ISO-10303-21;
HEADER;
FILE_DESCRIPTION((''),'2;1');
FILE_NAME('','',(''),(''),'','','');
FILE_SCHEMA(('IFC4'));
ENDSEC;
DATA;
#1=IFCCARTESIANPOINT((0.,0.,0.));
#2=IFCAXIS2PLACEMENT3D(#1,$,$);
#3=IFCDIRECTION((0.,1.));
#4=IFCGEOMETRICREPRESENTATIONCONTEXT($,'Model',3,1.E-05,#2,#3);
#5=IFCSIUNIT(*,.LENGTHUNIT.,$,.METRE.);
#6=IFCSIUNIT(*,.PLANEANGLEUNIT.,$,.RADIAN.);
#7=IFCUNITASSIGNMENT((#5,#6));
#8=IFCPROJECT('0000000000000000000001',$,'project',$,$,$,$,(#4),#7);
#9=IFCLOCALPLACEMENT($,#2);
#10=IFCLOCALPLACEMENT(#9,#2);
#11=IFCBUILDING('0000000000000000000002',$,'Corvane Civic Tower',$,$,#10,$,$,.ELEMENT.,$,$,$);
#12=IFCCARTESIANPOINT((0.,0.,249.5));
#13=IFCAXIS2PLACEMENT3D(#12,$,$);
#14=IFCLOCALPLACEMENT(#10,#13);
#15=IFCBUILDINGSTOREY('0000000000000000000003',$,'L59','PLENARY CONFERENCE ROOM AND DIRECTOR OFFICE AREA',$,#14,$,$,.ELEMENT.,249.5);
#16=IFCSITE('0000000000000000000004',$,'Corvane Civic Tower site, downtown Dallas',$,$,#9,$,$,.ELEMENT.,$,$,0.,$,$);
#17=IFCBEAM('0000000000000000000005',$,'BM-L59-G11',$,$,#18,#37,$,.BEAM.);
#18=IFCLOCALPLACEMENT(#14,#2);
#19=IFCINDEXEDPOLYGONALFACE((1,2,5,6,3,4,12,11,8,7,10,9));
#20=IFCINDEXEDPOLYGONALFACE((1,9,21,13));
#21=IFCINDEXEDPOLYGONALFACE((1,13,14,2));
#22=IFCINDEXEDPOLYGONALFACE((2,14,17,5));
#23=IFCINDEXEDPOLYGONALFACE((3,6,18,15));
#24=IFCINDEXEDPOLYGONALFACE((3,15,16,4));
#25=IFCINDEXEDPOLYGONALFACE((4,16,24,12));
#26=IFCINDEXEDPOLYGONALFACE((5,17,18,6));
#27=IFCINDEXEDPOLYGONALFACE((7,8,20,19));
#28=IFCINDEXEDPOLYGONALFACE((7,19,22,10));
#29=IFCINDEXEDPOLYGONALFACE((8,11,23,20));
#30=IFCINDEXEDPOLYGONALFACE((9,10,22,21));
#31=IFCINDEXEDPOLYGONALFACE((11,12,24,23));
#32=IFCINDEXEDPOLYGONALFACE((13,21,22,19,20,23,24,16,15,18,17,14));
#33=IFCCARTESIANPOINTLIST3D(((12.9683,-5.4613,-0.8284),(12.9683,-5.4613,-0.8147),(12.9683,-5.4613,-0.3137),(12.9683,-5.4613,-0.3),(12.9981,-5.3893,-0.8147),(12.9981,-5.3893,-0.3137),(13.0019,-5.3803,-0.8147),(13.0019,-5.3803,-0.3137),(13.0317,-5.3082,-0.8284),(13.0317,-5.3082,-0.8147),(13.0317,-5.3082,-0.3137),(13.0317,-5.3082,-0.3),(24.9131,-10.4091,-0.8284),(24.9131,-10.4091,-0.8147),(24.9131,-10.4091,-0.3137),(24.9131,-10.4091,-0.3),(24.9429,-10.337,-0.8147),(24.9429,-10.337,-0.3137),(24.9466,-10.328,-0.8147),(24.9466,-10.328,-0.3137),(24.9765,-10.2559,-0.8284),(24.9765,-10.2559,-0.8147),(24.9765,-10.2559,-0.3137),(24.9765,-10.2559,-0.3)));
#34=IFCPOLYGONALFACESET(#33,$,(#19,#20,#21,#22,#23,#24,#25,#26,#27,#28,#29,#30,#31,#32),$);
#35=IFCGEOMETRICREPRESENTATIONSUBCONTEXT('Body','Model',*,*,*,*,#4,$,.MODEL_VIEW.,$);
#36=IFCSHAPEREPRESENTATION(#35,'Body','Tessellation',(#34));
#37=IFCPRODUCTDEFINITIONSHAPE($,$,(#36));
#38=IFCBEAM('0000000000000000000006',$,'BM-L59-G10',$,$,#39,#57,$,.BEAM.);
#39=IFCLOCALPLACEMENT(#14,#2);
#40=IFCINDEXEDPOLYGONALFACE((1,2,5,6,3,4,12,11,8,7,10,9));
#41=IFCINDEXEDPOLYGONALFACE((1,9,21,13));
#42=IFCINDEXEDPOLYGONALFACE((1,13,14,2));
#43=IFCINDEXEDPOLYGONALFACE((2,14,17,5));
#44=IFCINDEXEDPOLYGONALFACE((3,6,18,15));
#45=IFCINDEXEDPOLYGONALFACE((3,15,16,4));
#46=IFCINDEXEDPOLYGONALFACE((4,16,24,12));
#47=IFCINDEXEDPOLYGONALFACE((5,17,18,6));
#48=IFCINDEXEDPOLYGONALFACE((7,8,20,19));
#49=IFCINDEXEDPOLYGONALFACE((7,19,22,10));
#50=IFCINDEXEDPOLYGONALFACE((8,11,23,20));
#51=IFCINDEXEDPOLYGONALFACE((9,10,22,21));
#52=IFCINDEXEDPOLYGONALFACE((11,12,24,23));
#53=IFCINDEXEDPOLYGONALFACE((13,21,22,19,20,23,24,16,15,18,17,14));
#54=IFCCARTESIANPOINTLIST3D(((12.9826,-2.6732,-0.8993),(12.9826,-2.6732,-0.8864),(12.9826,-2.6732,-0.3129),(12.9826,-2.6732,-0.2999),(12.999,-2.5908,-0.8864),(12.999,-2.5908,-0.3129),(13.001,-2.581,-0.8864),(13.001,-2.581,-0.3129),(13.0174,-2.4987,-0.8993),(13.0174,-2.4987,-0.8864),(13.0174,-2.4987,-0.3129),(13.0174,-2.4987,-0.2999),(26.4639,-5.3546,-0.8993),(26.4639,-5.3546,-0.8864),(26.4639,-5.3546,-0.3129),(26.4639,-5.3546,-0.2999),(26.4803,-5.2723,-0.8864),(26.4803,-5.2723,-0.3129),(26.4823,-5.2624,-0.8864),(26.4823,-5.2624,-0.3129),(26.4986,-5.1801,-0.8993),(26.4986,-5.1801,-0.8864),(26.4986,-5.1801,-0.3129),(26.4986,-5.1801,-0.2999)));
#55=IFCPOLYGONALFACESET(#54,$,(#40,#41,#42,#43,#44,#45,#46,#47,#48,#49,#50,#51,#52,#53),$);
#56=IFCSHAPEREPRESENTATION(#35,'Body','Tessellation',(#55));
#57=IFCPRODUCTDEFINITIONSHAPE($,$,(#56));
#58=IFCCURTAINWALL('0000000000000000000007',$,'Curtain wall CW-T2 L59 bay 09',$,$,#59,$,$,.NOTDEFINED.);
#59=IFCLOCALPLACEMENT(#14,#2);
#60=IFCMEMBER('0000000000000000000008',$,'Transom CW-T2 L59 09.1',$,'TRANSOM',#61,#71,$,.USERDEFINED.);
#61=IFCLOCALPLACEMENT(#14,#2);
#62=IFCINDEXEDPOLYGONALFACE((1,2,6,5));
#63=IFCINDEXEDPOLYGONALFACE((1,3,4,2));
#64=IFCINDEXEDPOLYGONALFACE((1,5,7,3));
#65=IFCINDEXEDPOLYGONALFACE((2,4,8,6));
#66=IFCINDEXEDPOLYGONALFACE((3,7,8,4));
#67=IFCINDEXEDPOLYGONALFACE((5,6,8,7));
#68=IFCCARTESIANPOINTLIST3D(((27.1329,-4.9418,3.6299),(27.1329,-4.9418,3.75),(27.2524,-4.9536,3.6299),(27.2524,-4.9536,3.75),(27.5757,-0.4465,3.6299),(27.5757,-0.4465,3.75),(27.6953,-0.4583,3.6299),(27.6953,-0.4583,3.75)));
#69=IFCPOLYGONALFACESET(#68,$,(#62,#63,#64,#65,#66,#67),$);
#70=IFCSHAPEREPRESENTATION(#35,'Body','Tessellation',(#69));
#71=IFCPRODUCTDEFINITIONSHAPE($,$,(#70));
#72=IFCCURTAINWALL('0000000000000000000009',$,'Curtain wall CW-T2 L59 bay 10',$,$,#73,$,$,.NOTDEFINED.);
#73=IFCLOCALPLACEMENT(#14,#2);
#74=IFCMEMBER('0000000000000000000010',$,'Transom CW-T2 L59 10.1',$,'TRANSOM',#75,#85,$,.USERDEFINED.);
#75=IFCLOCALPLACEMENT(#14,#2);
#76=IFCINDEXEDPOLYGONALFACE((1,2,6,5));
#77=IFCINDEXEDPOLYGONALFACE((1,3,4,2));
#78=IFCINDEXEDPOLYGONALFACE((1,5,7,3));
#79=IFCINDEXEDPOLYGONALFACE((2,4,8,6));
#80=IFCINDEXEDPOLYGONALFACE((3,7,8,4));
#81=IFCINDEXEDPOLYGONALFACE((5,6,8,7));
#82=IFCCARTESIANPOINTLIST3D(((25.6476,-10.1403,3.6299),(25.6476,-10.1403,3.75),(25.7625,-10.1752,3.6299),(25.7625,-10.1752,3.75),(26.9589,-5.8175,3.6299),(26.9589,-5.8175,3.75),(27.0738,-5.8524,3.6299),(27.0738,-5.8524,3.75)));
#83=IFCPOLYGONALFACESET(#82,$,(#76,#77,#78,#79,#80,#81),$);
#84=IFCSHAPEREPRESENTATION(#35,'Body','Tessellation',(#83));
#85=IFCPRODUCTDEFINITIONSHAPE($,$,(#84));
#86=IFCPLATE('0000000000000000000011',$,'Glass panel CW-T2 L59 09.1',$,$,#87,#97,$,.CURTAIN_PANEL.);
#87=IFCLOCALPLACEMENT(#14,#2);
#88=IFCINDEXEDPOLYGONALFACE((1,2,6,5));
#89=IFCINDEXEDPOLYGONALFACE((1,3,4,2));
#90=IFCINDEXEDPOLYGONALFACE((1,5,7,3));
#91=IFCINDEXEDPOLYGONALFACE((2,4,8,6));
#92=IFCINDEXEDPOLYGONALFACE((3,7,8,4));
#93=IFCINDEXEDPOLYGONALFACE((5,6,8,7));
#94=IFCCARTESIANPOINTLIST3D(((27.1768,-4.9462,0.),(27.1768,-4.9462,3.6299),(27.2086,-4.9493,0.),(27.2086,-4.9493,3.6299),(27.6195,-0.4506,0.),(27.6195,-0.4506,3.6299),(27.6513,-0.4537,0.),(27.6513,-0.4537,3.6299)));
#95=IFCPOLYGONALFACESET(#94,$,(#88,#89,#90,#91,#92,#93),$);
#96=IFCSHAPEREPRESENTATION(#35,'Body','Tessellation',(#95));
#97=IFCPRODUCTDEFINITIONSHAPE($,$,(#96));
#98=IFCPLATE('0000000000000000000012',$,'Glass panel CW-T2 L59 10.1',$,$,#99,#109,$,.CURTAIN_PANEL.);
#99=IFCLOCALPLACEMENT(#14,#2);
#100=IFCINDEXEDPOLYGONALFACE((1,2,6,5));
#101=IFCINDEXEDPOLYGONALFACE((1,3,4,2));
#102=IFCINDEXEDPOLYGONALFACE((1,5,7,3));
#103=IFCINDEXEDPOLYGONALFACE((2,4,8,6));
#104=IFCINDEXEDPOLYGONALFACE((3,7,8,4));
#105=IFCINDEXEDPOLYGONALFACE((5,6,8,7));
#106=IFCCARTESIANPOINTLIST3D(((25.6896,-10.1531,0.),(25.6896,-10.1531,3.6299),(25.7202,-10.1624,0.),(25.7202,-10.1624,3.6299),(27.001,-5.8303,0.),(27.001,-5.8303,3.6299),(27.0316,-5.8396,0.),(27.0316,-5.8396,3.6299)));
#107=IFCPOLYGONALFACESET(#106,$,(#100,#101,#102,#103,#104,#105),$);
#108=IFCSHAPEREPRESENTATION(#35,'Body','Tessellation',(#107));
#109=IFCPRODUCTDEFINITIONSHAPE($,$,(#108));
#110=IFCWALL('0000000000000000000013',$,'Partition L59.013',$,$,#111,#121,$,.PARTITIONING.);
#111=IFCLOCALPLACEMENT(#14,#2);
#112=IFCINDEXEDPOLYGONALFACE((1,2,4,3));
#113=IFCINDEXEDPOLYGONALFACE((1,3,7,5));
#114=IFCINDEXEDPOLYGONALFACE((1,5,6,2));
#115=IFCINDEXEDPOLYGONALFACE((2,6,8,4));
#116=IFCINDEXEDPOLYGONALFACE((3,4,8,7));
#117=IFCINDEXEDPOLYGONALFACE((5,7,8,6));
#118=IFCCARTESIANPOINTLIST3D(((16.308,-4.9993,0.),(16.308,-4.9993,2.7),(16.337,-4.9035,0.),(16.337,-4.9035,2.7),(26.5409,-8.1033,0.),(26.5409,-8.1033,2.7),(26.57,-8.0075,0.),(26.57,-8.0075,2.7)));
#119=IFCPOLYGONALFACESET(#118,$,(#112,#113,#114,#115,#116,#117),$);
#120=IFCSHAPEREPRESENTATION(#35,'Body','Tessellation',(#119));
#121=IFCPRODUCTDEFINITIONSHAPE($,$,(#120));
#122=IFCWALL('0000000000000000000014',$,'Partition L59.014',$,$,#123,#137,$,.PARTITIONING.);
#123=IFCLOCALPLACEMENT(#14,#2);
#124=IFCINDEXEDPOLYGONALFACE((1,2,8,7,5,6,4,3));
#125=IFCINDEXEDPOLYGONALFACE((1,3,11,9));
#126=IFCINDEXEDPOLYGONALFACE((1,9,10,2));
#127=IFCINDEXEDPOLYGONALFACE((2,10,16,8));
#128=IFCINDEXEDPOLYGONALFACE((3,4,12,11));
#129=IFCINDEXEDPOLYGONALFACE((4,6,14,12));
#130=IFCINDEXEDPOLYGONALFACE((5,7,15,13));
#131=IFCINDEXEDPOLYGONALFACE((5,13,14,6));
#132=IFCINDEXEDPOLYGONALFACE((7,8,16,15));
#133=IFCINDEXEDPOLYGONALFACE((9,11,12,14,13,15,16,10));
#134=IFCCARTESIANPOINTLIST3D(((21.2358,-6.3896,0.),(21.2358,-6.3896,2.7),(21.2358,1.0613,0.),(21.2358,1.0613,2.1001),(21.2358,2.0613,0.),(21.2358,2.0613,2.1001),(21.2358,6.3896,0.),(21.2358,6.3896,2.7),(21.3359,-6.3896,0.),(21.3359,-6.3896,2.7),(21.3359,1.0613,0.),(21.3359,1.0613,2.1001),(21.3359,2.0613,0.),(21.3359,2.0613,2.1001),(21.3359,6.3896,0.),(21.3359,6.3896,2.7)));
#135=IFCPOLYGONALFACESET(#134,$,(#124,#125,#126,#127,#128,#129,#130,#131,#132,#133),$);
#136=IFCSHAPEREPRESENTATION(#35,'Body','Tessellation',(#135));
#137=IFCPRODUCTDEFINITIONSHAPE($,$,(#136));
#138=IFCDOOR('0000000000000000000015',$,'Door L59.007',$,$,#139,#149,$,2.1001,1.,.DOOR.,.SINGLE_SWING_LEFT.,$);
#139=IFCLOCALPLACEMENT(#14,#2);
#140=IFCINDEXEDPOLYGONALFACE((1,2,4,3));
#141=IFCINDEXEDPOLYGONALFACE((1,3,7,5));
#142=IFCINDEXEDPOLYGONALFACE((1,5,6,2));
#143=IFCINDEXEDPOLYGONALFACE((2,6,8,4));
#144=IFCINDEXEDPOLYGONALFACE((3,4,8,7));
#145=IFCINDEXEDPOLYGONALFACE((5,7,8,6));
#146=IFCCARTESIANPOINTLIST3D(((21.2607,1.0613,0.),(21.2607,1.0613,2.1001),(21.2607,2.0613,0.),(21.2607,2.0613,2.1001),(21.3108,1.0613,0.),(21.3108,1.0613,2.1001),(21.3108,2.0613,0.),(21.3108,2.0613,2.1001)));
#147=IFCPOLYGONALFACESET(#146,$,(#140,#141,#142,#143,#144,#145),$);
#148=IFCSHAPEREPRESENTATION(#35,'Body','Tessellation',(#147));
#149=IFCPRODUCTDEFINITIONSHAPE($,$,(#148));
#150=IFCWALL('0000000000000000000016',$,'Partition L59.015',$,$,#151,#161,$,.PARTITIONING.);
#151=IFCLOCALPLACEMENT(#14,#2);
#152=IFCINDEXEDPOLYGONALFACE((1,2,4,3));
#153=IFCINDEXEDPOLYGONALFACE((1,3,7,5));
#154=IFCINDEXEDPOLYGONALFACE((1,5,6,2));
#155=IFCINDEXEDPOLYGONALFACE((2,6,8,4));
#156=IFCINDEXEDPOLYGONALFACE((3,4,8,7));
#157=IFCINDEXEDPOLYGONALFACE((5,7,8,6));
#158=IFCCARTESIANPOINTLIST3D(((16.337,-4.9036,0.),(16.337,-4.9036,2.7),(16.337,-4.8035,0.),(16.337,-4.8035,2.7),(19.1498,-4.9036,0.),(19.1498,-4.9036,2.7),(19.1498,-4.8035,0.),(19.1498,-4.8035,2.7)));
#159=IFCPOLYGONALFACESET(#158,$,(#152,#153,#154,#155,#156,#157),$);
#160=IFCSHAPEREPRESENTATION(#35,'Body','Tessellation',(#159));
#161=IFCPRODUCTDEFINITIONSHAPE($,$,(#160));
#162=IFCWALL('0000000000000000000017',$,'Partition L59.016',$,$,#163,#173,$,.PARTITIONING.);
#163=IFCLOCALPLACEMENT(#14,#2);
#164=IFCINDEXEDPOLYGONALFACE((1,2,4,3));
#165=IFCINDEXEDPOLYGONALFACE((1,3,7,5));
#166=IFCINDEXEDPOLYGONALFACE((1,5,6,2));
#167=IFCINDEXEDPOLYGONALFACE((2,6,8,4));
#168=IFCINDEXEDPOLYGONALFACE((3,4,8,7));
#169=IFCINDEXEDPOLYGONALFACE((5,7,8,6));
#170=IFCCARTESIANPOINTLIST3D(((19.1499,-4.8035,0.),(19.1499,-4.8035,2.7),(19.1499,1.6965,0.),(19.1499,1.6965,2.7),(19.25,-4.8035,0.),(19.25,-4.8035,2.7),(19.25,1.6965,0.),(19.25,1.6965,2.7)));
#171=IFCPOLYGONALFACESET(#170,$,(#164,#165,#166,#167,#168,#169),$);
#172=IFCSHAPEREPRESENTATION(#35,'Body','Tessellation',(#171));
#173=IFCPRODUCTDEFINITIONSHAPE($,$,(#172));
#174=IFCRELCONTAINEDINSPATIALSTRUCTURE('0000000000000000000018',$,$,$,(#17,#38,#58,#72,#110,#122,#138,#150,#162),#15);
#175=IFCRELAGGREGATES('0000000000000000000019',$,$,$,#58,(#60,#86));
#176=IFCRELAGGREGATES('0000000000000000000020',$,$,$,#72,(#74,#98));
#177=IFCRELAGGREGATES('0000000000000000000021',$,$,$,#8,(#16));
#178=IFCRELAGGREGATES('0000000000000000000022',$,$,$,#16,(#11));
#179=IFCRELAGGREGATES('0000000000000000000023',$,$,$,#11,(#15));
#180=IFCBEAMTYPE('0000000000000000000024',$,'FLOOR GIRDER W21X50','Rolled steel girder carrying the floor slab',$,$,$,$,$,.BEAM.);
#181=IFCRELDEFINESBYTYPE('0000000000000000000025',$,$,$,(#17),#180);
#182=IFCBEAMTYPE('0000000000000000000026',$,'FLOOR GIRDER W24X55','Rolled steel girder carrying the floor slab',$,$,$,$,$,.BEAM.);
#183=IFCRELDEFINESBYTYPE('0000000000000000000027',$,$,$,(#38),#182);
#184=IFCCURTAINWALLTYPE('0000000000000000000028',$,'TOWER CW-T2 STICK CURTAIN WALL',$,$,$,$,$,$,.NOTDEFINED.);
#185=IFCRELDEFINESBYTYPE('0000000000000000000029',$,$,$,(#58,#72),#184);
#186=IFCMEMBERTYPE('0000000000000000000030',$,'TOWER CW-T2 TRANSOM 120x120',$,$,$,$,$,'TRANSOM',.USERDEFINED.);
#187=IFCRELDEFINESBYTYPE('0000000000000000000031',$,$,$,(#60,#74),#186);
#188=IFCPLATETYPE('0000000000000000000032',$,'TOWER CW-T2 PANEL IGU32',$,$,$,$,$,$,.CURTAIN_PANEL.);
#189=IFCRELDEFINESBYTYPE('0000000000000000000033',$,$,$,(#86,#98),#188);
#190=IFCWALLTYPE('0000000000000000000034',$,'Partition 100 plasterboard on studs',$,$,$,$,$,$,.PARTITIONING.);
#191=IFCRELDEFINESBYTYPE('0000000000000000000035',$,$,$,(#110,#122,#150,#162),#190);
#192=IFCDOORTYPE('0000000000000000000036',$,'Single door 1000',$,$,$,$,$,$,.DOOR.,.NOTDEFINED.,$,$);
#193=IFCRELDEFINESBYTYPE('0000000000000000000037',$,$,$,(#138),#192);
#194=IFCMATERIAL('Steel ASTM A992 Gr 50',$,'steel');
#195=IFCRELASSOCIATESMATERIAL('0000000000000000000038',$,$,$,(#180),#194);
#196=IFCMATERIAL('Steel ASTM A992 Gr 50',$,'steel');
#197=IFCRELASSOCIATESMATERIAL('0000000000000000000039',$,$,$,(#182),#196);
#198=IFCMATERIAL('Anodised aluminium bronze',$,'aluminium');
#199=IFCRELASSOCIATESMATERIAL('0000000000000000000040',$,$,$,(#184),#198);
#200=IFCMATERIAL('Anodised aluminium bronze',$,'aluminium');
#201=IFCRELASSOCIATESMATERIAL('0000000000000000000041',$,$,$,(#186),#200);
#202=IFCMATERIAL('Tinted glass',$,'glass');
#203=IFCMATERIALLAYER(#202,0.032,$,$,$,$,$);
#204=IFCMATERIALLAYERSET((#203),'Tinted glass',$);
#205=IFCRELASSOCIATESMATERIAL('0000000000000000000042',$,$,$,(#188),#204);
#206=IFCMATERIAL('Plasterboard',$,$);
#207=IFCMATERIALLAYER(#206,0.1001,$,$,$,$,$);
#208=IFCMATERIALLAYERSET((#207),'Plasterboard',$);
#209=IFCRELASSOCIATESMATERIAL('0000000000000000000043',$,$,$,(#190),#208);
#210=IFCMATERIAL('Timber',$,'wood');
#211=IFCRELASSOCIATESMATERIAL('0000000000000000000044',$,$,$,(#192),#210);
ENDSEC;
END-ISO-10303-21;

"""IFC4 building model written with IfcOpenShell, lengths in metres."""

from ifc_helpers import new_model, si_unit, direction, frame, frame_2d, origin, origin_2d, place, context, subcontext, project, spatial, rectangle, i_section, extrude, material, layer, layer_set, material_profile, profile_set, type_object, element, fill, aggregate, save


model = new_model("IFC4")

# Units and contexts
model_context = context("Model", 3, precision=1e-05, world=origin(), true_north=direction((0.0, 1.0)))
body_context = subcontext(model_context, "Body", "Model", "MODEL_VIEW")
ifc_project = project(units=[si_unit("LENGTHUNIT", "METRE"), si_unit("PLANEANGLEUNIT", "RADIAN")], contexts=[model_context])

# Site, building, storey
site_placement = place(None, origin())
site = spatial("IfcSite", under=ifc_project, at=site_placement, Name="Corvane Civic Tower site, downtown Dallas", CompositionType="ELEMENT", RefElevation=0.0)
building_placement = place(site_placement, origin())
building = spatial("IfcBuilding", under=site, at=building_placement, Name="Corvane Civic Tower", CompositionType="ELEMENT")
storey_placement = place(building_placement, frame((0.0, 0.0, 249.5)))
storey = spatial("IfcBuildingStorey", under=building, at=storey_placement, Name="L59", Description="PLENARY CONFERENCE ROOM AND DIRECTOR OFFICE AREA", CompositionType="ELEMENT", Elevation=249.5)

# Beams
ifc_material_1 = material(Name="Steel ASTM A992 Gr 50", Category="steel")
ifc_material_profile_1 = material_profile(ifc_material_1, i_section(OverallWidth=0.1658, OverallDepth=0.5283, WebThickness=0.0098, FlangeThickness=0.0137, at=origin_2d()), Name="W21X50")
ifc_profile_set_1 = profile_set([ifc_material_profile_1], Name="Steel ASTM A992 Gr 50")
beam_type_1 = type_object("IfcBeamType", Name="FLOOR GIRDER W21X50", Description="Rolled steel girder carrying the floor slab", PredefinedType="BEAM", material=ifc_profile_set_1)
beam_1_placement = place(storey_placement, frame((13.0, -5.3848, -0.5642), z_axis=(0.923878, -0.382686, 0.0), x_axis=(0.382686, 0.923878, 0.0)))
element("IfcBeam", 1, at=beam_1_placement, inside=storey, type_object=beam_type_1, Name="BM-L59-G11", PredefinedType="BEAM", context=body_context, shape_type="SweptSolid", body=[
    extrude(i_section(OverallWidth=0.1658, OverallDepth=0.5283, WebThickness=0.0098, FlangeThickness=0.0137, at=origin_2d()), origin(), (0.0, 0.0, 1.0), 12.929),
])
ifc_material_2 = material(Name="Steel ASTM A992 Gr 50", Category="steel")
ifc_material_profile_2 = material_profile(ifc_material_2, i_section(OverallWidth=0.178, OverallDepth=0.5994, WebThickness=0.01, FlangeThickness=0.0129, at=origin_2d()), Name="W24X55")
ifc_profile_set_2 = profile_set([ifc_material_profile_2], Name="Steel ASTM A992 Gr 50")
beam_type_2 = type_object("IfcBeamType", Name="FLOOR GIRDER W24X55", Description="Rolled steel girder carrying the floor slab", PredefinedType="BEAM", material=ifc_profile_set_2)
beam_2_placement = place(storey_placement, frame((13.0, -2.5859, -0.5996), z_axis=(0.980788, -0.195078, 0.0), x_axis=(0.195078, 0.980788, 0.0)))
element("IfcBeam", 2, at=beam_2_placement, inside=storey, type_object=beam_type_2, Name="BM-L59-G10", PredefinedType="BEAM", context=body_context, shape_type="SweptSolid", body=[
    extrude(i_section(OverallWidth=0.178, OverallDepth=0.5994, WebThickness=0.01, FlangeThickness=0.0129, at=origin_2d()), origin(), (0.0, 0.0, 1.0), 13.7454),
])

# Curtain walls, members
ifc_material_3 = material(Name="Anodised aluminium bronze", Category="aluminium")
curtain_wall_type = type_object("IfcCurtainWallType", Name="TOWER CW-T2 STICK CURTAIN WALL", PredefinedType="NOTDEFINED", material=ifc_material_3)
curtain_wall_1_placement = place(storey_placement, origin())
curtain_wall_1 = element("IfcCurtainWall", 3, at=curtain_wall_1_placement, inside=storey, type_object=curtain_wall_type, Name="Curtain wall CW-T2 L59 bay 09", PredefinedType="NOTDEFINED")
ifc_material_4 = material(Name="Anodised aluminium bronze", Category="aluminium")
ifc_material_profile_3 = material_profile(ifc_material_4, rectangle(XDim=0.1201, YDim=0.1201, at=origin_2d()), Name="TOWER CW-T2 TRANSOM 120x120")
ifc_profile_set_3 = profile_set([ifc_material_profile_3], Name="Anodised aluminium bronze")
member_type = type_object("IfcMemberType", Name="TOWER CW-T2 TRANSOM 120x120", ElementType="TRANSOM", PredefinedType="USERDEFINED", material=ifc_profile_set_3)
member_1_placement = place(storey_placement, frame((27.6355, -0.4524, 3.6899), z_axis=(-0.098043, -0.995182, 0.0), x_axis=(0.995182, -0.098043, 0.0)))
member_1 = element("IfcMember", 4, at=member_1_placement, type_object=member_type, Name="Transom CW-T2 L59 09.1", ObjectType="TRANSOM", PredefinedType="USERDEFINED", context=body_context, shape_type="SweptSolid", body=[
    extrude(rectangle(XDim=0.1201, YDim=0.1201, at=origin_2d()), origin(), (0.0, 0.0, 1.0), 4.5171),
])
curtain_wall_2_placement = place(storey_placement, origin())
curtain_wall_2 = element("IfcCurtainWall", 5, at=curtain_wall_2_placement, inside=storey, type_object=curtain_wall_type, Name="Curtain wall CW-T2 L59 bay 10", PredefinedType="NOTDEFINED")
member_2_placement = place(storey_placement, frame((27.0164, -5.835, 3.6899), z_axis=(-0.290282, -0.956941, 0.0), x_axis=(0.956941, -0.290282, 0.0)))
member_2 = element("IfcMember", 6, at=member_2_placement, type_object=member_type, Name="Transom CW-T2 L59 10.1", ObjectType="TRANSOM", PredefinedType="USERDEFINED", context=body_context, shape_type="SweptSolid", body=[
    extrude(rectangle(XDim=0.1201, YDim=0.1201, at=origin_2d()), origin(), (0.0, 0.0, 1.0), 4.5173),
])

# Plates
ifc_material_5 = material(Name="Tinted glass", Category="glass")
ifc_layer_1 = layer(ifc_material_5, 0.032)
ifc_layer_set_1 = layer_set([ifc_layer_1], Name="Tinted glass")
plate_type = type_object("IfcPlateType", Name="TOWER CW-T2 PANEL IGU32", PredefinedType="CURTAIN_PANEL", material=ifc_layer_set_1)
plate_1_placement = place(storey_placement, frame((27.4141, -2.7, 0.0), z_axis=(0.0, 0.0, 1.0), x_axis=(-0.097993, -0.995187, 0.0)))
plate_1 = element("IfcPlate", 7, at=plate_1_placement, type_object=plate_type, Name="Glass panel CW-T2 L59 09.1", PredefinedType="CURTAIN_PANEL", context=body_context, shape_type="SweptSolid", body=[
    extrude(rectangle(XDim=4.5173, YDim=0.032, at=origin_2d()), origin(), (0.0, 0.0, 1.0), 3.6299),
])
aggregate(curtain_wall_1, [member_1, plate_1])
plate_2_placement = place(storey_placement, frame((26.3606, -7.9963, 0.0), z_axis=(0.0, 0.0, 1.0), x_axis=(-0.29029, -0.956939, 0.0)))
plate_2 = element("IfcPlate", 8, at=plate_2_placement, type_object=plate_type, Name="Glass panel CW-T2 L59 10.1", PredefinedType="CURTAIN_PANEL", context=body_context, shape_type="SweptSolid", body=[
    extrude(rectangle(XDim=4.5173, YDim=0.032, at=origin_2d()), origin(), (0.0, 0.0, 1.0), 3.6299),
])
aggregate(curtain_wall_2, [member_2, plate_2])

# Wall
ifc_material_6 = material(Name="Plasterboard")
ifc_layer_2 = layer(ifc_material_6, 0.1001)
ifc_layer_set_2 = layer_set([ifc_layer_2], Name="Plasterboard")
wall_type = type_object("IfcWallType", Name="Partition 100 plasterboard on studs", PredefinedType="PARTITIONING", material=ifc_layer_set_2)
wall_1_placement = place(storey_placement, frame((16.3225, -4.9514, 0.0), z_axis=(0.0, 0.0, 1.0), x_axis=(0.956943, -0.290275, 0.0)))
element("IfcWall", 9, at=wall_1_placement, inside=storey, type_object=wall_type, Name="Partition L59.013", PredefinedType="PARTITIONING", context=body_context, shape_type="SweptSolid", body=[
    extrude(rectangle(XDim=10.6934, YDim=0.1001, at=frame_2d((5.3467, 0.0))), origin(), (0.0, 0.0, 1.0), 2.7),
])

# Wall, opening, door
wall_2_placement = place(storey_placement, frame((21.2859, -6.3896, 0.0), z_axis=(0.0, 0.0, 1.0), x_axis=(0.0, 1.0, 0.0)))
wall_2 = element("IfcWall", 10, at=wall_2_placement, inside=storey, type_object=wall_type, Name="Partition L59.014", PredefinedType="PARTITIONING", context=body_context, shape_type="SweptSolid", body=[
    extrude(rectangle(XDim=12.7793, YDim=0.1001, at=frame_2d((6.3896, 0.0))), origin(), (0.0, 0.0, 1.0), 2.7),
])
opening_placement = place(wall_2_placement, frame((7.4509, 0.0, 0.0)))
opening = element("IfcOpeningElement", 11, at=opening_placement, cuts=wall_2, PredefinedType="OPENING", context=body_context, shape_type="SweptSolid", body=[
    extrude(rectangle(XDim=1.0, YDim=2.1001, at=frame_2d((0.5, 1.05))), frame((0.0, 0.0601, 0.0), z_axis=(0.0, -1.0, 0.0), x_axis=(1.0, 0.0, 0.0)), (0.0, 0.0, 1.0), 0.1201),
])
ifc_material_7 = material(Name="Timber", Category="wood")
door_type = type_object("IfcDoorType", Name="Single door 1000", OperationType="NOTDEFINED", PredefinedType="DOOR", material=ifc_material_7)
door_placement = place(opening_placement, frame((1.0, 0.0, 0.0), z_axis=(0.0, 0.0, 1.0), x_axis=(-1.0, 0.0, 0.0)))
door = element("IfcDoor", 12, at=door_placement, inside=storey, type_object=door_type, Name="Door L59.007", OperationType="SINGLE_SWING_LEFT", OverallHeight=2.1001, OverallWidth=1.0, PredefinedType="DOOR", context=body_context, shape_type="SweptSolid", body=[
    extrude(rectangle(XDim=1.0, YDim=2.1001, at=frame_2d((0.5, 1.05))), frame((0.0, 0.0249, 0.0), z_axis=(0.0, -1.0, 0.0), x_axis=(1.0, 0.0, 0.0)), (0.0, 0.0, 1.0), 0.05),
])
fill(opening, door)

# Walls
wall_3_placement = place(storey_placement, frame((16.3372, -4.8535, 0.0), z_axis=(0.0, 0.0, 1.0), x_axis=(1.0, 0.0, 0.0)))
element("IfcWall", 13, at=wall_3_placement, inside=storey, type_object=wall_type, Name="Partition L59.015", PredefinedType="PARTITIONING", context=body_context, shape_type="SweptSolid", body=[
    extrude(rectangle(XDim=2.8127, YDim=0.1001, at=frame_2d((1.4062, 0.0))), origin(), (0.0, 0.0, 1.0), 2.7),
])
wall_4_placement = place(storey_placement, frame((19.2, -4.8035, 0.0), z_axis=(0.0, 0.0, 1.0), x_axis=(0.0, 1.0, 0.0)))
element("IfcWall", 14, at=wall_4_placement, inside=storey, type_object=wall_type, Name="Partition L59.016", PredefinedType="PARTITIONING", context=body_context, shape_type="SweptSolid", body=[
    extrude(rectangle(XDim=6.5, YDim=0.1001, at=frame_2d((3.25, 0.0))), origin(), (0.0, 0.0, 1.0), 2.7),
])

save(model, "model.ifc")
